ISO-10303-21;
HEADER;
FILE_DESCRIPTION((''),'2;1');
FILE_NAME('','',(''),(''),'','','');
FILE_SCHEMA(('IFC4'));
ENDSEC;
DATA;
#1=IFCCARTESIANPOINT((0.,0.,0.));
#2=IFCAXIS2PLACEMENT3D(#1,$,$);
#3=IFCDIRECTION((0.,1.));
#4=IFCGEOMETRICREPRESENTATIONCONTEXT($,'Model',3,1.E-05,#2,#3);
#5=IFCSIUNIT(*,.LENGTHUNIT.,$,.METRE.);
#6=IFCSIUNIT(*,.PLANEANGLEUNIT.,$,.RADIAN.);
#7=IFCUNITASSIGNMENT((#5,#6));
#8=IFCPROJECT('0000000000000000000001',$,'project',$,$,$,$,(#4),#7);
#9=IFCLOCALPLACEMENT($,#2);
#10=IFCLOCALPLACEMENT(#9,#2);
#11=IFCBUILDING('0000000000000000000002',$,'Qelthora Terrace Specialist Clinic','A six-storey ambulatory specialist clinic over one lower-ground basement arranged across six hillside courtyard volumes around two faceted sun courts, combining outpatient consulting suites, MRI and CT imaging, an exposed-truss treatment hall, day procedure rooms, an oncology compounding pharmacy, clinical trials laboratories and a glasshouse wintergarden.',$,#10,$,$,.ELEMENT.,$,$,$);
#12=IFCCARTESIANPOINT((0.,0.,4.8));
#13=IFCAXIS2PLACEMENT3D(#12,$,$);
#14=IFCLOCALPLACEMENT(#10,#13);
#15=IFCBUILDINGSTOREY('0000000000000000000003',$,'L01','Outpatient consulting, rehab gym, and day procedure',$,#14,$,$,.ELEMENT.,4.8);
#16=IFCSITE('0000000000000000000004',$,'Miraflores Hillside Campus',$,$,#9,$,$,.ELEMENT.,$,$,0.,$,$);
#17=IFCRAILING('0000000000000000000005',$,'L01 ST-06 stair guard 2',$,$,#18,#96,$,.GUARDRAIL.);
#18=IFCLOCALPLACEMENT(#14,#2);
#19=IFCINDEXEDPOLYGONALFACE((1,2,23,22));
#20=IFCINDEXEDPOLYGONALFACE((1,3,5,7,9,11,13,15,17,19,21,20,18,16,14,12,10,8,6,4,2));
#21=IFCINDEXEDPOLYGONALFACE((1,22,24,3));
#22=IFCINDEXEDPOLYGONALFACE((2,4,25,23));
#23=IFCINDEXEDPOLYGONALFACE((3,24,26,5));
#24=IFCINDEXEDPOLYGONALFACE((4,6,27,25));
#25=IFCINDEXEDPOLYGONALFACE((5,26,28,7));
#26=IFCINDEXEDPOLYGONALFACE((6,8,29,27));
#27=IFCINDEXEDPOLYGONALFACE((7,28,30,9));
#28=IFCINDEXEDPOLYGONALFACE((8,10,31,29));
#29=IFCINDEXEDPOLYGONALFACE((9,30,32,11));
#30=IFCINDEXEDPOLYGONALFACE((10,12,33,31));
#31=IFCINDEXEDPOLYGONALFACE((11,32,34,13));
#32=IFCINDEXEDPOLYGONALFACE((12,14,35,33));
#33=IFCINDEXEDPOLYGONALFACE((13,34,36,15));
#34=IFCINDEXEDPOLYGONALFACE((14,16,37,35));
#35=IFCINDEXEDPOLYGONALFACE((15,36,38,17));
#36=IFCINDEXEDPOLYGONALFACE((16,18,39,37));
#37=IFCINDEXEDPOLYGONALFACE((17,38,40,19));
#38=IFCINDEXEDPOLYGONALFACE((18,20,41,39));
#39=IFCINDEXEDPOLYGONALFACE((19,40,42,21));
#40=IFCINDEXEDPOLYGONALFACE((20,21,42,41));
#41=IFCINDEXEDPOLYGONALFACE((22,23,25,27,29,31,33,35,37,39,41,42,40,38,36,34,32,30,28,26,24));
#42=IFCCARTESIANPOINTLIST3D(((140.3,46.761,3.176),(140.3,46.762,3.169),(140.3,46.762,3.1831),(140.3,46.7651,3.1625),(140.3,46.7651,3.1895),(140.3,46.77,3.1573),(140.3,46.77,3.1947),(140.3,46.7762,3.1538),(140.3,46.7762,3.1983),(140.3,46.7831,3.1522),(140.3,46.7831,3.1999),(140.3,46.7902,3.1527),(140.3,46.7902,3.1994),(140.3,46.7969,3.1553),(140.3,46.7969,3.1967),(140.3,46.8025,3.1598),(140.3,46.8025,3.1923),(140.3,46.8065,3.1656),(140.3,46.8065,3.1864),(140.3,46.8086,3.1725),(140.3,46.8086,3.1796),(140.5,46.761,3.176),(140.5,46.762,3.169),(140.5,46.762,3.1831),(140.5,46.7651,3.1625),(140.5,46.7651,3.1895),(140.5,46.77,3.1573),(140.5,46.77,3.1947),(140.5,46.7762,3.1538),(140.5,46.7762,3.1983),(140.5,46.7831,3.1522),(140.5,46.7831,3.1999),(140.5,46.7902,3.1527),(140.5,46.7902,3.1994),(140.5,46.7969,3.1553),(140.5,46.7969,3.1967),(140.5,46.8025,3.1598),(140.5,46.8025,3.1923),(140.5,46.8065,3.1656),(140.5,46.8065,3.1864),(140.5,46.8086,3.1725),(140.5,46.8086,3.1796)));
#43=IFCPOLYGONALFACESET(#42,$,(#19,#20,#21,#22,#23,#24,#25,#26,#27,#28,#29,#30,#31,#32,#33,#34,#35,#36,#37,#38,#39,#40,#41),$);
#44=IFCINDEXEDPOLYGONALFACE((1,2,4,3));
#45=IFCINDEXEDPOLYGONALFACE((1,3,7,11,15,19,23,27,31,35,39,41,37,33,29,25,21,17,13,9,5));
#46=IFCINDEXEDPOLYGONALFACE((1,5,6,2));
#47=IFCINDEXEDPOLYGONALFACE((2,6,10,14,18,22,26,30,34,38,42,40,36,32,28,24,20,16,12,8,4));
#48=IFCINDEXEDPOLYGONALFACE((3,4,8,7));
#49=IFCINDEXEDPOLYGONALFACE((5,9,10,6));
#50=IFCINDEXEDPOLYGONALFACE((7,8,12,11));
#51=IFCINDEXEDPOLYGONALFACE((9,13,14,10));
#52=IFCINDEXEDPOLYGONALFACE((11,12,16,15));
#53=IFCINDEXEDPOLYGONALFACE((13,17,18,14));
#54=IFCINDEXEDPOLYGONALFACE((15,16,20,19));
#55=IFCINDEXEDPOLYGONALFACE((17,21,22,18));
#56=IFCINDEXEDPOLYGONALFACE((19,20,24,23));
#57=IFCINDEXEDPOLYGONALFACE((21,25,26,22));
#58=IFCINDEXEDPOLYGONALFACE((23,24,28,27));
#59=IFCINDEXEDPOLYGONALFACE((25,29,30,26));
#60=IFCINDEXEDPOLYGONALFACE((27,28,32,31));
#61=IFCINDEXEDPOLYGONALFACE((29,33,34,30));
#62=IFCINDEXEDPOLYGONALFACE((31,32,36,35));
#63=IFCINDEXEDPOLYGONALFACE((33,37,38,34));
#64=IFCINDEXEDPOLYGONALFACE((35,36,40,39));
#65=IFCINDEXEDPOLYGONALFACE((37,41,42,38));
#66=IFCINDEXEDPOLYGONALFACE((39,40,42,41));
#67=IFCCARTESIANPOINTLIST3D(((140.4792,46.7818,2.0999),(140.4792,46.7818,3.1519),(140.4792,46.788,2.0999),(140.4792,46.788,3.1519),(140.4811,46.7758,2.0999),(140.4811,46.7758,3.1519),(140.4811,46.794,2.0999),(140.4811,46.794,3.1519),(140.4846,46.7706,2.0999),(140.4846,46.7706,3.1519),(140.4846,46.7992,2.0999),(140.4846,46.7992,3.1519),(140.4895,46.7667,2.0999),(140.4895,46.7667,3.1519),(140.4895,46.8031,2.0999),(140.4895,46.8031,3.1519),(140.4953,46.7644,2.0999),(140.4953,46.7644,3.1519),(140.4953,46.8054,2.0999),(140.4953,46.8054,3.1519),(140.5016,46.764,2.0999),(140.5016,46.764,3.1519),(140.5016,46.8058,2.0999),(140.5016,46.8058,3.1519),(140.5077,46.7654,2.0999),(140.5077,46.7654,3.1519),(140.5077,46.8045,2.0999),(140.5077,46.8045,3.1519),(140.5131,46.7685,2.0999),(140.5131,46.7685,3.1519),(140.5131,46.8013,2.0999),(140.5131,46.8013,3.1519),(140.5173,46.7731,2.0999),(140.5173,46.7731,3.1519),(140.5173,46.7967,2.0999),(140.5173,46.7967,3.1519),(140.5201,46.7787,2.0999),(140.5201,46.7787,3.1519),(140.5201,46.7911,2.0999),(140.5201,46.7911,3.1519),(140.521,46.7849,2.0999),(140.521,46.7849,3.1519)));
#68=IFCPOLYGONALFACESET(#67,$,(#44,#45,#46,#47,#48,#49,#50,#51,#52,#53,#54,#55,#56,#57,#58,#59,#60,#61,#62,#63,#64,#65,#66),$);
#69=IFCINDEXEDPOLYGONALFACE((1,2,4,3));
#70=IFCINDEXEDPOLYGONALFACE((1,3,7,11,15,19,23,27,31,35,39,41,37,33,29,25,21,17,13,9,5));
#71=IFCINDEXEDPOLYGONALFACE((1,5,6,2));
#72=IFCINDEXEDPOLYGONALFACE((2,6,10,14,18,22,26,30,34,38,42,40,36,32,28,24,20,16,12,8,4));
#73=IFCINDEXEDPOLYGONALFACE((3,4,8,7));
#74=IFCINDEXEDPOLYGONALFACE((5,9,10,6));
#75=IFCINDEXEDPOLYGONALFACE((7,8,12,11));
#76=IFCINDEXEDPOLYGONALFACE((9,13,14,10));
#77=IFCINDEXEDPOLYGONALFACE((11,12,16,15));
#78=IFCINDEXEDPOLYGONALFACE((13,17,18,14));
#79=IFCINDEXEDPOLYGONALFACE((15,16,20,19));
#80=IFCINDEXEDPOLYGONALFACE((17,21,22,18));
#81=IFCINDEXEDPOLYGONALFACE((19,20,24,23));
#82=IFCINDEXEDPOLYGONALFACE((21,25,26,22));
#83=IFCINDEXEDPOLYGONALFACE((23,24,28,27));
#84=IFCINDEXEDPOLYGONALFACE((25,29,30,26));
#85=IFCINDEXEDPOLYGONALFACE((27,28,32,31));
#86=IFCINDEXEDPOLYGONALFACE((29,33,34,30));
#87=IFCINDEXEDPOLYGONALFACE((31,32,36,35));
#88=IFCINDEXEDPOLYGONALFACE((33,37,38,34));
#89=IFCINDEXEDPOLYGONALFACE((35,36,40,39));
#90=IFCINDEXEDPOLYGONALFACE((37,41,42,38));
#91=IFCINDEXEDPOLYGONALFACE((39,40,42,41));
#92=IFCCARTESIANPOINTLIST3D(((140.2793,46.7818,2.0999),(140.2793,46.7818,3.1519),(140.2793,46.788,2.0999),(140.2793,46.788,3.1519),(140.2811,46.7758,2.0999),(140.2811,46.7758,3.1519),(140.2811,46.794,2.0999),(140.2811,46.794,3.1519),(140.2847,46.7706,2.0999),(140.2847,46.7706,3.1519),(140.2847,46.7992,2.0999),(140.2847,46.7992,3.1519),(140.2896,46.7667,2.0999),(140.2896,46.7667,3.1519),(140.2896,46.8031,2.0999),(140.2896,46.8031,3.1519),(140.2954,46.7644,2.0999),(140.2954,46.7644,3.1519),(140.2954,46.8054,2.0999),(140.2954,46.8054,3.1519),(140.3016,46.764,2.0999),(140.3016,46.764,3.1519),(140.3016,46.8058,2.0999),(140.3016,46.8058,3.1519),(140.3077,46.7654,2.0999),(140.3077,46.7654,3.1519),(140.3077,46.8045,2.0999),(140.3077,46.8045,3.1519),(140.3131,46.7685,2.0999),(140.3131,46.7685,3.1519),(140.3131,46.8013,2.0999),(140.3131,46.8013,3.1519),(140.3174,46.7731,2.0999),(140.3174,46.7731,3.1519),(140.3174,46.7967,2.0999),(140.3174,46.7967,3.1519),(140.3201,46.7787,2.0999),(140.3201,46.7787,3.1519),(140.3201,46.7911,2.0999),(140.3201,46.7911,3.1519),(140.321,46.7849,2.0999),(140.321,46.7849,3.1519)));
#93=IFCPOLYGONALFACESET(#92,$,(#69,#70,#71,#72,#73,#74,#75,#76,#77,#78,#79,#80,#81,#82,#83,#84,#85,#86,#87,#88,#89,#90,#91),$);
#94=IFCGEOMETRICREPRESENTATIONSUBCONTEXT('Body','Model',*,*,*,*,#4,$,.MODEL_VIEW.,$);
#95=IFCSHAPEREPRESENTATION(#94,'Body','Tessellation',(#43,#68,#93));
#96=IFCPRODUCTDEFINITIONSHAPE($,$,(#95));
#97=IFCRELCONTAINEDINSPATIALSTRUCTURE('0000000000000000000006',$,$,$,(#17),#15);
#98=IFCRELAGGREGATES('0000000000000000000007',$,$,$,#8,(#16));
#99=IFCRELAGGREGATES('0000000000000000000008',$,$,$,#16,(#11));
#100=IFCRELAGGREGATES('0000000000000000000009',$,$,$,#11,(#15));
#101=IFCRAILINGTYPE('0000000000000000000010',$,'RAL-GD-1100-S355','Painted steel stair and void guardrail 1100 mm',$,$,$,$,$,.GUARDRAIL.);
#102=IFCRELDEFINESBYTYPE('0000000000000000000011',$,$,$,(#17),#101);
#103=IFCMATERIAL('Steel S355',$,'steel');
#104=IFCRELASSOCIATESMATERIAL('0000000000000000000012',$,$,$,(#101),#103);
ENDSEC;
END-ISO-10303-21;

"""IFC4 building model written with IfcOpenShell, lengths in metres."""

from ifc_helpers import new_model, si_unit, direction, frame, origin, origin_2d, place, context, subcontext, project, spatial, circle, extrude, material, type_object, element, save


model = new_model("IFC4")

# Units and contexts
model_context = context("Model", 3, precision=1e-05, world=origin(), true_north=direction((0.0, 1.0)))
body_context = subcontext(model_context, "Body", "Model", "MODEL_VIEW")
ifc_project = project(units=[si_unit("LENGTHUNIT", "METRE"), si_unit("PLANEANGLEUNIT", "RADIAN")], contexts=[model_context])

# Site, building, storey
site_placement = place(None, origin())
site = spatial("IfcSite", under=ifc_project, at=site_placement, Name="Miraflores Hillside Campus", CompositionType="ELEMENT", RefElevation=0.0)
building_placement = place(site_placement, origin())
building = spatial("IfcBuilding", under=site, at=building_placement, Name="Qelthora Terrace Specialist Clinic", Description="A six-storey ambulatory specialist clinic over one lower-ground basement arranged across six hillside courtyard volumes around two faceted sun courts, combining outpatient consulting suites, MRI and CT imaging, an exposed-truss treatment hall, day procedure rooms, an oncology compounding pharmacy, clinical trials laboratories and a glasshouse wintergarden.", CompositionType="ELEMENT")
storey_placement = place(building_placement, frame((0.0, 0.0, 4.8)))
storey = spatial("IfcBuildingStorey", under=building, at=storey_placement, Name="L01", Description="Outpatient consulting, rehab gym, and day procedure", CompositionType="ELEMENT", Elevation=4.8)

# Railing
ifc_material_1 = material(Name="Steel S355", Category="steel")
railing_type_1 = type_object("IfcRailingType", Name="RAL-GD-1100-S355", Description="Painted steel stair and void guardrail 1100 mm", PredefinedType="GUARDRAIL", material=ifc_material_1)
railing_1_placement = place(storey_placement, frame((140.5, 46.7849, 2.0999)))
element("IfcRailing", 1, at=railing_1_placement, inside=storey, type_object=railing_type_1, Name="L01 ST-06 stair guard 2", PredefinedType="GUARDRAIL", context=body_context, shape_type="SweptSolid", body=[
    extrude(circle(Radius=0.0239, at=origin_2d()), frame((0.0, 0.0, 1.0762), z_axis=(-1.0, 0.0, 0.0), x_axis=(0.0, -1.0, 0.0)), (0.0, 0.0, 1.0), 0.2),
    extrude(circle(Radius=0.021, at=origin_2d()), origin(), (0.0, 0.0, 1.0), 1.052),
    extrude(circle(Radius=0.021, at=origin_2d()), frame((-0.2, 0.0, 0.0)), (0.0, 0.0, 1.0), 1.052),
])

save(model, "model.ifc")
